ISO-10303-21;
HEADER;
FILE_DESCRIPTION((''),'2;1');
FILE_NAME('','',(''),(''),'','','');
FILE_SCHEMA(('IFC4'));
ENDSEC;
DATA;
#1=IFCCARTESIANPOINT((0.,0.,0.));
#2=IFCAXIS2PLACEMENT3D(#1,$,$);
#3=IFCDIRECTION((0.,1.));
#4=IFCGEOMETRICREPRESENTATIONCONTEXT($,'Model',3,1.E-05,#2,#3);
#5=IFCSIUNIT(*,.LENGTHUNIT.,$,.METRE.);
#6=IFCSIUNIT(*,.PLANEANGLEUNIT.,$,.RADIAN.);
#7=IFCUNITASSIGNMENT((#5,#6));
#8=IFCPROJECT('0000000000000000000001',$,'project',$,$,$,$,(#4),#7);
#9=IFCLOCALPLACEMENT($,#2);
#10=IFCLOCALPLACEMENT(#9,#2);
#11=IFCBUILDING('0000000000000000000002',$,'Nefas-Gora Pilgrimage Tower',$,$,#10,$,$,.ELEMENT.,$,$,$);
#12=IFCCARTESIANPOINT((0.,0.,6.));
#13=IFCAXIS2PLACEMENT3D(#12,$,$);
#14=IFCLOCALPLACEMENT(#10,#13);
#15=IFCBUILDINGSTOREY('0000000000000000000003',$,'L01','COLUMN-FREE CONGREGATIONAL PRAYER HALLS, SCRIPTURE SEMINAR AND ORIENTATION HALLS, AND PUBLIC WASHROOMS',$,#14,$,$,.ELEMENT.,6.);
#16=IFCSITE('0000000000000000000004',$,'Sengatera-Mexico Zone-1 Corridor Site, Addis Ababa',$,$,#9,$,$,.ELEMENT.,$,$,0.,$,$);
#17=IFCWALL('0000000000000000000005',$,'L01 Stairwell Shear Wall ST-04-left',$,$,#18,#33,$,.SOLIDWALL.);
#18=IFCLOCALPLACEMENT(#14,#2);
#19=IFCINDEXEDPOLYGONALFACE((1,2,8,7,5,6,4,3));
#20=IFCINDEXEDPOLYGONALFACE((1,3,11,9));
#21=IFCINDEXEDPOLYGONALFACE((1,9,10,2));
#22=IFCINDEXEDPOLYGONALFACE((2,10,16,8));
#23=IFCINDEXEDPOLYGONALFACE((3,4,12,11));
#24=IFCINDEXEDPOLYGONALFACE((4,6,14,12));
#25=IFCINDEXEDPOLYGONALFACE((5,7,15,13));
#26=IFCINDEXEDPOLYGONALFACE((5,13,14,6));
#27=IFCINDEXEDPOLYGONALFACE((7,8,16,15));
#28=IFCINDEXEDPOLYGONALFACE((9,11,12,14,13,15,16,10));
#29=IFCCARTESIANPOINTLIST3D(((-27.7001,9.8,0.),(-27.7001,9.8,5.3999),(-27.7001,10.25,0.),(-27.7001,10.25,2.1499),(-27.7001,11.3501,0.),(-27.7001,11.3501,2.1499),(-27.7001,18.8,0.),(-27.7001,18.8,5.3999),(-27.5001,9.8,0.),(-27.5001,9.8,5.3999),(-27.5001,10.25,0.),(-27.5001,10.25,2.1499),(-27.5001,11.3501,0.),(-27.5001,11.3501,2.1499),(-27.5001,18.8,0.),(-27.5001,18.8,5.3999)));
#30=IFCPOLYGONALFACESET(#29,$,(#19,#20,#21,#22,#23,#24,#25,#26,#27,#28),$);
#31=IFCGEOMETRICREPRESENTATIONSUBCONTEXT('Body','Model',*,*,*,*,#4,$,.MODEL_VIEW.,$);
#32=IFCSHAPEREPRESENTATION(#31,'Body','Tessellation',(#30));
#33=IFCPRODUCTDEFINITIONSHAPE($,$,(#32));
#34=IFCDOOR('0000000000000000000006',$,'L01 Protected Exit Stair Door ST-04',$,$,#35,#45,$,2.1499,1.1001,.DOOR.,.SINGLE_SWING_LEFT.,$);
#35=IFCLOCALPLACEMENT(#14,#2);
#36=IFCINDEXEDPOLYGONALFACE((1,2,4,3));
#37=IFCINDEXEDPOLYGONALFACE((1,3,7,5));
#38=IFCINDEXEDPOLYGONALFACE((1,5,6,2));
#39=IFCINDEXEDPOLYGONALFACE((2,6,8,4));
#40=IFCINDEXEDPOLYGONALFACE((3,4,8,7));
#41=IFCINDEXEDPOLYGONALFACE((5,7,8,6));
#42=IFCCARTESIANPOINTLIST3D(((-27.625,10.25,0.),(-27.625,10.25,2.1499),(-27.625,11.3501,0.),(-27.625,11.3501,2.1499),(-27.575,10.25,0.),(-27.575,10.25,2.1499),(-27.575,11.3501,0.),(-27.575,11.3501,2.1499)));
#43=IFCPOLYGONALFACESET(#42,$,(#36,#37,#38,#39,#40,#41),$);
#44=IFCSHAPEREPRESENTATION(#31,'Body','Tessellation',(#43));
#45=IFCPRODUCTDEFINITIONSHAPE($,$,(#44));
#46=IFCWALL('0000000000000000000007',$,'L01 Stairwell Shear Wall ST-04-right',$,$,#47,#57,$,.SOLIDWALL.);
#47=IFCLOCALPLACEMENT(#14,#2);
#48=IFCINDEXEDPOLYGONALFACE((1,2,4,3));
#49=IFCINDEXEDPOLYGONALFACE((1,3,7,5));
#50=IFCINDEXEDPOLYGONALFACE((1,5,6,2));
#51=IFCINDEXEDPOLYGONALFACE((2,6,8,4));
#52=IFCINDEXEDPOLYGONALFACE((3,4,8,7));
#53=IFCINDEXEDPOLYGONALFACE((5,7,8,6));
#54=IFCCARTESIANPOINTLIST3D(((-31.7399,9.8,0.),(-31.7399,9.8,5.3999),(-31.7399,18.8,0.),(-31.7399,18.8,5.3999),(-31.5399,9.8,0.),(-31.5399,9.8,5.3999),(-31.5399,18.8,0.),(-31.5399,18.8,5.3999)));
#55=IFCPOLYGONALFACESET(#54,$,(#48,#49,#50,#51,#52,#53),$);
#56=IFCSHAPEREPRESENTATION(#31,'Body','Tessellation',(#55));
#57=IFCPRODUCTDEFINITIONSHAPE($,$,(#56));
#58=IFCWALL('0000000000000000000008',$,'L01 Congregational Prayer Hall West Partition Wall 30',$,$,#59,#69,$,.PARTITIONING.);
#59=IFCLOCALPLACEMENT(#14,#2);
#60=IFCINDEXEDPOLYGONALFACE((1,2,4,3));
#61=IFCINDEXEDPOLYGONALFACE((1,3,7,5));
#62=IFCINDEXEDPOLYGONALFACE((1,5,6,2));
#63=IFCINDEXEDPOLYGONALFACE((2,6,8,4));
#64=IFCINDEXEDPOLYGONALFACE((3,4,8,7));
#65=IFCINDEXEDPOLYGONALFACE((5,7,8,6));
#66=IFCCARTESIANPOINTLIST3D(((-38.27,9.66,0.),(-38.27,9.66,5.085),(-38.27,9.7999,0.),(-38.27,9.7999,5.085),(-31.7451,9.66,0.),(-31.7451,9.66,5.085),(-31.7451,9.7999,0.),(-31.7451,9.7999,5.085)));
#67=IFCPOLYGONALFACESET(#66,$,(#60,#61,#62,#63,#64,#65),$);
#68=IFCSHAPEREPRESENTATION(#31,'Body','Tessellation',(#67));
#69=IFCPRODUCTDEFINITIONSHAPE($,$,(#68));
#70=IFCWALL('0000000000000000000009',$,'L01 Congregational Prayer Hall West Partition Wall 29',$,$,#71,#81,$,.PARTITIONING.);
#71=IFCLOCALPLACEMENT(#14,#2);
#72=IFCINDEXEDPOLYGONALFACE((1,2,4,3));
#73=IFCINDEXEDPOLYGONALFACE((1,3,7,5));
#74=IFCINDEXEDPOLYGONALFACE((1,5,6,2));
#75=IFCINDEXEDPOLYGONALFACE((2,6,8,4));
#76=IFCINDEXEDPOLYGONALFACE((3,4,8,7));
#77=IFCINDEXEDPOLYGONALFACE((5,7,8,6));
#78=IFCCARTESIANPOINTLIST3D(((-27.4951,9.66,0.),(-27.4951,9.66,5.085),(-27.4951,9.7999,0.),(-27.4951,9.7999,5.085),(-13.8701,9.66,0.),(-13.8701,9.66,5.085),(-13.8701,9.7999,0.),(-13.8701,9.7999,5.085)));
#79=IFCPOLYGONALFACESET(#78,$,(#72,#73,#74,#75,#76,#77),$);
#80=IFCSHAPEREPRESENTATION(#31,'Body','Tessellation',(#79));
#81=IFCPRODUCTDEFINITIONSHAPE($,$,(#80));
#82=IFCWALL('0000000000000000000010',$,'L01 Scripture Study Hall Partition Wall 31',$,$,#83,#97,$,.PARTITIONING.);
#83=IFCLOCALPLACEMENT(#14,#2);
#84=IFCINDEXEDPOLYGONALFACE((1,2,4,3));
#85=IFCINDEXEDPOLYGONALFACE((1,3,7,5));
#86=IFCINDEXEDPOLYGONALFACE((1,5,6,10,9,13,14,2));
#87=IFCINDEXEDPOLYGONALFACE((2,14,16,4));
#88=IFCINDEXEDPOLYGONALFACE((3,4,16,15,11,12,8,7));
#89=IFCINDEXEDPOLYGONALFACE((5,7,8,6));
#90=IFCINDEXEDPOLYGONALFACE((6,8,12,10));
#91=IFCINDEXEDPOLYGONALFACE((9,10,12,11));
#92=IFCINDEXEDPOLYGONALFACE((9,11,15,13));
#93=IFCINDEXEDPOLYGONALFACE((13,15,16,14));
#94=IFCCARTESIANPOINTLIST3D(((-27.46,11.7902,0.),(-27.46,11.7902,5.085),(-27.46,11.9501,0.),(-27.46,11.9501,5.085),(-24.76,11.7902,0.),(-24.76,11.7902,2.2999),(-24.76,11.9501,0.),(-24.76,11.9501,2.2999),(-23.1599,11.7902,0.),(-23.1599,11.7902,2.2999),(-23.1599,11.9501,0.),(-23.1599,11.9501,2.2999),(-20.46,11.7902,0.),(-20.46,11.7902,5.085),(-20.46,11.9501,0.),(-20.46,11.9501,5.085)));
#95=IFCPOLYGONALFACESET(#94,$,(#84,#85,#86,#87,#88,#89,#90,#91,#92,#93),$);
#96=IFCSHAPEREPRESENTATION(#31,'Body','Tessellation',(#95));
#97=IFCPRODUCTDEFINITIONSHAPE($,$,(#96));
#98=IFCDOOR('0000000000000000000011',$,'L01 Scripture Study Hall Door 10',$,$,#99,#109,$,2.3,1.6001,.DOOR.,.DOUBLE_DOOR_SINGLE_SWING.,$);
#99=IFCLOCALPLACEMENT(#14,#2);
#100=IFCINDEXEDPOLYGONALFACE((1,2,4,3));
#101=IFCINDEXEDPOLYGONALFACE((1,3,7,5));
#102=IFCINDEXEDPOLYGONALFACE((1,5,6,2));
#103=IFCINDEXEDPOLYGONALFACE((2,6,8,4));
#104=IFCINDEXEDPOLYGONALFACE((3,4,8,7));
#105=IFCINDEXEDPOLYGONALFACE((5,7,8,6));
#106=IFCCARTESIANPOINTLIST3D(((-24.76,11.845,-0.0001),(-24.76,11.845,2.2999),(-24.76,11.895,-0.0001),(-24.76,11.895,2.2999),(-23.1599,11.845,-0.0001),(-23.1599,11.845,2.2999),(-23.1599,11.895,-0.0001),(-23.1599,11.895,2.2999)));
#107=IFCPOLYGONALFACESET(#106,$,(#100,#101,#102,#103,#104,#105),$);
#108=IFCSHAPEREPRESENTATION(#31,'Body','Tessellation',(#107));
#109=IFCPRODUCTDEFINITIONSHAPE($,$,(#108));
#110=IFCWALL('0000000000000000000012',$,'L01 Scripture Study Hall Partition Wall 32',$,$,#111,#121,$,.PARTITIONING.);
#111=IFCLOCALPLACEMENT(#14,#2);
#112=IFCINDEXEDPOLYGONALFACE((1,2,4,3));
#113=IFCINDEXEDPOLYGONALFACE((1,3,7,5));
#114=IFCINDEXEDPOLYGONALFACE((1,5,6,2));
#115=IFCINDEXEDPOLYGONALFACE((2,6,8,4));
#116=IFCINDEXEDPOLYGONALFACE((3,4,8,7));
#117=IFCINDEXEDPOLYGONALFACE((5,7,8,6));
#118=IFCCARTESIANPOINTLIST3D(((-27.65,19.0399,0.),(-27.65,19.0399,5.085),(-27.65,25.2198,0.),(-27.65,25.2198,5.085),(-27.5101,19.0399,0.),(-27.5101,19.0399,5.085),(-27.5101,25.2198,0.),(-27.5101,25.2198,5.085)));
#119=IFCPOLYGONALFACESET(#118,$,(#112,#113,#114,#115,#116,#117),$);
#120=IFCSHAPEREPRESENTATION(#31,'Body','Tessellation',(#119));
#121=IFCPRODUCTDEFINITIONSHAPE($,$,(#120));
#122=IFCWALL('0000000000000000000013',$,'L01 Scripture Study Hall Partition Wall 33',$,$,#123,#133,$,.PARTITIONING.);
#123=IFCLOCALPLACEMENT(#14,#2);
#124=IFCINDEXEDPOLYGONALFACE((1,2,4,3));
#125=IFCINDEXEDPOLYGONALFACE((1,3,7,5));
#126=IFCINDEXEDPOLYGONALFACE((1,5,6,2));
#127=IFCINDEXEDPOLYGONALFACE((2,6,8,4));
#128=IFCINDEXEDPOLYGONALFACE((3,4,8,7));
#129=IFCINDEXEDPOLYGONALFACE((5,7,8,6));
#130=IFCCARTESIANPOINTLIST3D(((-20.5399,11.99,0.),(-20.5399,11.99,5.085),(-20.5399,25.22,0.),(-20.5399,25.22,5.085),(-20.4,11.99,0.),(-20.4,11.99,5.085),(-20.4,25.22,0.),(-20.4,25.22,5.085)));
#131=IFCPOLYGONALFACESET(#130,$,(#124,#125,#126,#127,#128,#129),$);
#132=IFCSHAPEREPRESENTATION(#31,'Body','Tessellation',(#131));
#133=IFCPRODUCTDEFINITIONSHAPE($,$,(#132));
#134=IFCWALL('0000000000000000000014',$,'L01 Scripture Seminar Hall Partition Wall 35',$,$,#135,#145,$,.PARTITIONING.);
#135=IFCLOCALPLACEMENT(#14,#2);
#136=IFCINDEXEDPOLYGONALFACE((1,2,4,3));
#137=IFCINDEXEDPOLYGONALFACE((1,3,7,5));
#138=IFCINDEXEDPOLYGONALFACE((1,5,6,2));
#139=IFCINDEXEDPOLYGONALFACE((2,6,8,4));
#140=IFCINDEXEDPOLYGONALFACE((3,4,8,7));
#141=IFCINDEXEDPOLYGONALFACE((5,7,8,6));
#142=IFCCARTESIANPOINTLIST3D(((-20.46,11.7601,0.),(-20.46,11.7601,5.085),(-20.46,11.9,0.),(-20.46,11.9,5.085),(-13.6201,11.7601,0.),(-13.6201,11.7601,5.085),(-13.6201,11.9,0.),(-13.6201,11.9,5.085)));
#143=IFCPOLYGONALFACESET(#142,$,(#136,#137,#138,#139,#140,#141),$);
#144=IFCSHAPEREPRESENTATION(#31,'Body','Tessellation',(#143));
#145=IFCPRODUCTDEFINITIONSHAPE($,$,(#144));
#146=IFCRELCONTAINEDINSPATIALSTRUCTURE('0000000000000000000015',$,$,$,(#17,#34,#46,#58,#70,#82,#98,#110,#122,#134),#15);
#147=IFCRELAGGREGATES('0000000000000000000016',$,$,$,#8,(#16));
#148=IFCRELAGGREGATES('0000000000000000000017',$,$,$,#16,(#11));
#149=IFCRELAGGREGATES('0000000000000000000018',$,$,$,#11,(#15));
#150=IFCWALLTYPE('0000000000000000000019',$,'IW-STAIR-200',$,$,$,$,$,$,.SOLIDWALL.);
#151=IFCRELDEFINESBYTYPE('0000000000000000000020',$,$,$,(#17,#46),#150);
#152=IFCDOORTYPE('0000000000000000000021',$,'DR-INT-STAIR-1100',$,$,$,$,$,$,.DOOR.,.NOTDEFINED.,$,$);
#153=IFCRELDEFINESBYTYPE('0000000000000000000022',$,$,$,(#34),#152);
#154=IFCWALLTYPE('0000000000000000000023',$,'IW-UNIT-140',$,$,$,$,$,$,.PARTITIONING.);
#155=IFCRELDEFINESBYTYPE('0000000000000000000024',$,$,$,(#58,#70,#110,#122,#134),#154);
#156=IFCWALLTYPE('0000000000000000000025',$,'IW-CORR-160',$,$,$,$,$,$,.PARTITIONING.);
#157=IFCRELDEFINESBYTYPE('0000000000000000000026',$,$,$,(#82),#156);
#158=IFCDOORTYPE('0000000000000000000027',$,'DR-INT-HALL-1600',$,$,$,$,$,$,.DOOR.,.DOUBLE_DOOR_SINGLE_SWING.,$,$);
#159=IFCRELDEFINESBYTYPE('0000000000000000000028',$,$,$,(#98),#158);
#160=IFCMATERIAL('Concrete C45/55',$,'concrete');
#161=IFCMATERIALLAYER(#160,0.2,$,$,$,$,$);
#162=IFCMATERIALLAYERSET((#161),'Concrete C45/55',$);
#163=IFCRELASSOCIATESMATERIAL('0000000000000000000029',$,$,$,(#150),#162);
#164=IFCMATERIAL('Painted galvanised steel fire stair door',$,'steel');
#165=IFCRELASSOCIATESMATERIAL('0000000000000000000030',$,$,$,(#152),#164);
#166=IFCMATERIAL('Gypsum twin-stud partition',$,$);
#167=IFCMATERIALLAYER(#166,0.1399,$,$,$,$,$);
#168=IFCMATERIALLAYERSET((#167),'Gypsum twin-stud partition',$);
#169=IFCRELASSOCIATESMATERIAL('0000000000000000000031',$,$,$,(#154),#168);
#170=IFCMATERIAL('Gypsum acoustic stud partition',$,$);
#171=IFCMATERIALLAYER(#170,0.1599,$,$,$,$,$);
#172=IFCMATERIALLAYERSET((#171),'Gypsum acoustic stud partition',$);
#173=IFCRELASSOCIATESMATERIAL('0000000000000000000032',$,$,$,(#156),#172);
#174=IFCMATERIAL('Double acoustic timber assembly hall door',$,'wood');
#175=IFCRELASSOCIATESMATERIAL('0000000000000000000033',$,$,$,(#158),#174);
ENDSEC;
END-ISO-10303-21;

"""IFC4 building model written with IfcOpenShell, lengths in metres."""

from ifc_helpers import new_model, si_unit, direction, frame, frame_2d, origin, place, context, subcontext, project, spatial, rectangle, extrude, source, transform, mapped, material, layer, layer_set, type_object, element, fill, save


model = new_model("IFC4")

# Units and contexts
model_context = context("Model", 3, precision=1e-05, world=origin(), true_north=direction((0.0, 1.0)))
body_context = subcontext(model_context, "Body", "Model", "MODEL_VIEW")
ifc_project = project(units=[si_unit("LENGTHUNIT", "METRE"), si_unit("PLANEANGLEUNIT", "RADIAN")], contexts=[model_context])

# Site, building, storey
site_placement = place(None, origin())
site = spatial("IfcSite", under=ifc_project, at=site_placement, Name="Sengatera-Mexico Zone-1 Corridor Site, Addis Ababa", CompositionType="ELEMENT", RefElevation=0.0)
building_placement = place(site_placement, origin())
building = spatial("IfcBuilding", under=site, at=building_placement, Name="Nefas-Gora Pilgrimage Tower", CompositionType="ELEMENT")
storey_placement = place(building_placement, frame((0.0, 0.0, 6.0)))
storey = spatial("IfcBuildingStorey", under=building, at=storey_placement, Name="L01", Description="COLUMN-FREE CONGREGATIONAL PRAYER HALLS, SCRIPTURE SEMINAR AND ORIENTATION HALLS, AND PUBLIC WASHROOMS", CompositionType="ELEMENT", Elevation=6.0)

# Shared definitions
ifc_material_1 = material(Name="Concrete C45/55", Category="concrete")
ifc_layer_1 = layer(ifc_material_1, 0.2)
ifc_layer_set_1 = layer_set([ifc_layer_1], Name="Concrete C45/55")
wall_type_1 = type_object("IfcWallType", Name="IW-STAIR-200", PredefinedType="SOLIDWALL", material=ifc_layer_set_1)

# Wall, opening, door
shared_shape_1 = source(origin(), body_context, "Body", "SweptSolid", [
    extrude(rectangle(XDim=9.0, YDim=0.2, at=frame_2d((4.5, 0.0))), origin(), (0.0, 0.0, 1.0), 5.3999),
])
wall_1_placement = place(storey_placement, frame((-27.6001, 9.8, 0.0), z_axis=(0.0, 0.0, 1.0), x_axis=(0.0, 1.0, 0.0)))
wall_1 = element("IfcWall", 1, at=wall_1_placement, inside=storey, type_object=wall_type_1, Name="L01 Stairwell Shear Wall ST-04-left", PredefinedType="SOLIDWALL", context=body_context, shape_type="MappedRepresentation", body=[
    mapped(shared_shape_1, transform((0.0, 0.0, 0.0), x_axis=(1.0, 0.0, 0.0), y_axis=(0.0, 1.0, 0.0), z_axis=(0.0, 0.0, 1.0), scale=1.0)),
])
opening_1_placement = place(wall_1_placement, frame((0.45, 0.0, 0.0)))
opening_1 = element("IfcOpeningElement", 2, at=opening_1_placement, cuts=wall_1, PredefinedType="OPENING", context=body_context, shape_type="SweptSolid", body=[
    extrude(rectangle(XDim=1.1001, YDim=2.1499, at=frame_2d((0.55, 1.075))), frame((0.0, 0.1099, 0.0), z_axis=(0.0, -1.0, 0.0), x_axis=(1.0, 0.0, 0.0)), (0.0, 0.0, 1.0), 0.22),
])
ifc_material_2 = material(Name="Painted galvanised steel fire stair door", Category="steel")
door_type_1 = type_object("IfcDoorType", Name="DR-INT-STAIR-1100", OperationType="NOTDEFINED", PredefinedType="DOOR", material=ifc_material_2)
shared_shape_2 = source(origin(), body_context, "Body", "SweptSolid", [
    extrude(rectangle(XDim=1.1001, YDim=2.1499, at=frame_2d((0.55, 1.075))), frame((0.0, 0.0249, 0.0), z_axis=(0.0, -1.0, 0.0), x_axis=(1.0, 0.0, 0.0)), (0.0, 0.0, 1.0), 0.05),
])
door_1_placement = place(opening_1_placement, origin())
door_1 = element("IfcDoor", 3, at=door_1_placement, inside=storey, type_object=door_type_1, Name="L01 Protected Exit Stair Door ST-04", OperationType="SINGLE_SWING_LEFT", OverallHeight=2.1499, OverallWidth=1.1001, PredefinedType="DOOR", context=body_context, shape_type="MappedRepresentation", body=[
    mapped(shared_shape_2, transform((0.0, 0.0, 0.0), x_axis=(1.0, 0.0, 0.0), y_axis=(0.0, 1.0, 0.0), z_axis=(0.0, 0.0, 1.0), scale=1.0)),
])
fill(opening_1, door_1)

# Walls
wall_2_placement = place(storey_placement, frame((-31.6399, 9.8, 0.0), z_axis=(0.0, 0.0, 1.0), x_axis=(0.0, 1.0, 0.0)))
element("IfcWall", 4, at=wall_2_placement, inside=storey, type_object=wall_type_1, Name="L01 Stairwell Shear Wall ST-04-right", PredefinedType="SOLIDWALL", context=body_context, shape_type="MappedRepresentation", body=[
    mapped(shared_shape_1, transform((0.0, 0.0, 0.0), x_axis=(1.0, 0.0, 0.0), y_axis=(0.0, 1.0, 0.0), z_axis=(0.0, 0.0, 1.0), scale=1.0)),
])
ifc_material_3 = material(Name="Gypsum twin-stud partition")
ifc_layer_2 = layer(ifc_material_3, 0.1399)
ifc_layer_set_2 = layer_set([ifc_layer_2], Name="Gypsum twin-stud partition")
wall_type_2 = type_object("IfcWallType", Name="IW-UNIT-140", PredefinedType="PARTITIONING", material=ifc_layer_set_2)
shared_shape_3 = source(origin(), body_context, "Body", "SweptSolid", [
    extrude(rectangle(XDim=6.5249, YDim=0.1399, at=frame_2d((3.2625, 0.0))), origin(), (0.0, 0.0, 1.0), 5.085),
])
wall_3_placement = place(storey_placement, frame((-38.27, 9.73, 0.0), z_axis=(0.0, 0.0, 1.0), x_axis=(1.0, 0.0, 0.0)))
element("IfcWall", 5, at=wall_3_placement, inside=storey, type_object=wall_type_2, Name="L01 Congregational Prayer Hall West Partition Wall 30", PredefinedType="PARTITIONING", context=body_context, shape_type="MappedRepresentation", body=[
    mapped(shared_shape_3, transform((0.0, 0.0, 0.0), x_axis=(1.0, 0.0, 0.0), y_axis=(0.0, 1.0, 0.0), z_axis=(0.0, 0.0, 1.0), scale=1.0)),
])
shared_shape_4 = source(origin(), body_context, "Body", "SweptSolid", [
    extrude(rectangle(XDim=13.625, YDim=0.1399, at=frame_2d((6.8125, 0.0))), origin(), (0.0, 0.0, 1.0), 5.085),
])
wall_4_placement = place(storey_placement, frame((-27.4951, 9.73, 0.0), z_axis=(0.0, 0.0, 1.0), x_axis=(1.0, 0.0, 0.0)))
element("IfcWall", 6, at=wall_4_placement, inside=storey, type_object=wall_type_2, Name="L01 Congregational Prayer Hall West Partition Wall 29", PredefinedType="PARTITIONING", context=body_context, shape_type="MappedRepresentation", body=[
    mapped(shared_shape_4, transform((0.0, 0.0, 0.0), x_axis=(1.0, 0.0, 0.0), y_axis=(0.0, 1.0, 0.0), z_axis=(0.0, 0.0, 1.0), scale=1.0)),
])

# Wall, opening, door
ifc_material_4 = material(Name="Gypsum acoustic stud partition")
ifc_layer_3 = layer(ifc_material_4, 0.1599)
ifc_layer_set_3 = layer_set([ifc_layer_3], Name="Gypsum acoustic stud partition")
wall_type_3 = type_object("IfcWallType", Name="IW-CORR-160", PredefinedType="PARTITIONING", material=ifc_layer_set_3)
shared_shape_5 = source(origin(), body_context, "Body", "SweptSolid", [
    extrude(rectangle(XDim=7.0, YDim=0.1599, at=frame_2d((3.5, 0.0))), origin(), (0.0, 0.0, 1.0), 5.085),
])
wall_5_placement = place(storey_placement, frame((-27.46, 11.8701, 0.0), z_axis=(0.0, 0.0, 1.0), x_axis=(1.0, 0.0, 0.0)))
wall_5 = element("IfcWall", 7, at=wall_5_placement, inside=storey, type_object=wall_type_3, Name="L01 Scripture Study Hall Partition Wall 31", PredefinedType="PARTITIONING", context=body_context, shape_type="MappedRepresentation", body=[
    mapped(shared_shape_5, transform((0.0, 0.0, 0.0), x_axis=(1.0, 0.0, 0.0), y_axis=(0.0, 1.0, 0.0), z_axis=(0.0, 0.0, 1.0), scale=1.0)),
])
opening_2_placement = place(wall_5_placement, frame((2.7, 0.0, 0.0)))
opening_2 = element("IfcOpeningElement", 8, at=opening_2_placement, cuts=wall_5, PredefinedType="OPENING", context=body_context, shape_type="SweptSolid", body=[
    extrude(rectangle(XDim=1.6001, YDim=2.3, at=frame_2d((0.8, 1.1499))), frame((0.0, 0.0898, 0.0), z_axis=(0.0, -1.0, 0.0), x_axis=(1.0, 0.0, 0.0)), (0.0, 0.0, 1.0), 0.1799),
])
ifc_material_5 = material(Name="Double acoustic timber assembly hall door", Category="wood")
door_type_2 = type_object("IfcDoorType", Name="DR-INT-HALL-1600", OperationType="DOUBLE_DOOR_SINGLE_SWING", PredefinedType="DOOR", material=ifc_material_5)
shared_shape_6 = source(origin(), body_context, "Body", "SweptSolid", [
    extrude(rectangle(XDim=1.6001, YDim=2.3, at=frame_2d((0.8, 1.1499))), frame((0.0, 0.0249, 0.0), z_axis=(0.0, -1.0, 0.0), x_axis=(1.0, 0.0, 0.0)), (0.0, 0.0, 1.0), 0.05),
])
door_2_placement = place(opening_2_placement, origin())
door_2 = element("IfcDoor", 9, at=door_2_placement, inside=storey, type_object=door_type_2, Name="L01 Scripture Study Hall Door 10", OperationType="DOUBLE_DOOR_SINGLE_SWING", OverallHeight=2.3, OverallWidth=1.6001, PredefinedType="DOOR", context=body_context, shape_type="MappedRepresentation", body=[
    mapped(shared_shape_6, transform((0.0, 0.0, 0.0), x_axis=(1.0, 0.0, 0.0), y_axis=(0.0, 1.0, 0.0), z_axis=(0.0, 0.0, 1.0), scale=1.0)),
])
fill(opening_2, door_2)

# Walls
shared_shape_7 = source(origin(), body_context, "Body", "SweptSolid", [
    extrude(rectangle(XDim=6.1799, YDim=0.1399, at=frame_2d((3.0898, 0.0))), origin(), (0.0, 0.0, 1.0), 5.085),
])
wall_6_placement = place(storey_placement, frame((-27.5801, 19.04, 0.0), z_axis=(0.0, 0.0, 1.0), x_axis=(0.0, 1.0, 0.0)))
element("IfcWall", 10, at=wall_6_placement, inside=storey, type_object=wall_type_2, Name="L01 Scripture Study Hall Partition Wall 32", PredefinedType="PARTITIONING", context=body_context, shape_type="MappedRepresentation", body=[
    mapped(shared_shape_7, transform((0.0, 0.0, 0.0), x_axis=(1.0, 0.0, 0.0), y_axis=(0.0, 1.0, 0.0), z_axis=(0.0, 0.0, 1.0), scale=1.0)),
])
shared_shape_8 = source(origin(), body_context, "Body", "SweptSolid", [
    extrude(rectangle(XDim=13.23, YDim=0.1399, at=frame_2d((6.615, 0.0))), origin(), (0.0, 0.0, 1.0), 5.085),
])
wall_7_placement = place(storey_placement, frame((-20.47, 11.99, 0.0), z_axis=(0.0, 0.0, 1.0), x_axis=(0.0, 1.0, 0.0)))
element("IfcWall", 11, at=wall_7_placement, inside=storey, type_object=wall_type_2, Name="L01 Scripture Study Hall Partition Wall 33", PredefinedType="PARTITIONING", context=body_context, shape_type="MappedRepresentation", body=[
    mapped(shared_shape_8, transform((0.0, 0.0, 0.0), x_axis=(1.0, 0.0, 0.0), y_axis=(0.0, 1.0, 0.0), z_axis=(0.0, 0.0, 1.0), scale=1.0)),
])
shared_shape_9 = source(origin(), body_context, "Body", "SweptSolid", [
    extrude(rectangle(XDim=6.8398, YDim=0.1399, at=frame_2d((3.4199, 0.0))), origin(), (0.0, 0.0, 1.0), 5.085),
])
wall_8_placement = place(storey_placement, frame((-20.46, 11.8301, 0.0), z_axis=(0.0, 0.0, 1.0), x_axis=(1.0, 0.0, 0.0)))
element("IfcWall", 12, at=wall_8_placement, inside=storey, type_object=wall_type_2, Name="L01 Scripture Seminar Hall Partition Wall 35", PredefinedType="PARTITIONING", context=body_context, shape_type="MappedRepresentation", body=[
    mapped(shared_shape_9, transform((0.0, 0.0, 0.0), x_axis=(1.0, 0.0, 0.0), y_axis=(0.0, 1.0, 0.0), z_axis=(0.0, 0.0, 1.0), scale=1.0)),
])

save(model, "model.ifc")
